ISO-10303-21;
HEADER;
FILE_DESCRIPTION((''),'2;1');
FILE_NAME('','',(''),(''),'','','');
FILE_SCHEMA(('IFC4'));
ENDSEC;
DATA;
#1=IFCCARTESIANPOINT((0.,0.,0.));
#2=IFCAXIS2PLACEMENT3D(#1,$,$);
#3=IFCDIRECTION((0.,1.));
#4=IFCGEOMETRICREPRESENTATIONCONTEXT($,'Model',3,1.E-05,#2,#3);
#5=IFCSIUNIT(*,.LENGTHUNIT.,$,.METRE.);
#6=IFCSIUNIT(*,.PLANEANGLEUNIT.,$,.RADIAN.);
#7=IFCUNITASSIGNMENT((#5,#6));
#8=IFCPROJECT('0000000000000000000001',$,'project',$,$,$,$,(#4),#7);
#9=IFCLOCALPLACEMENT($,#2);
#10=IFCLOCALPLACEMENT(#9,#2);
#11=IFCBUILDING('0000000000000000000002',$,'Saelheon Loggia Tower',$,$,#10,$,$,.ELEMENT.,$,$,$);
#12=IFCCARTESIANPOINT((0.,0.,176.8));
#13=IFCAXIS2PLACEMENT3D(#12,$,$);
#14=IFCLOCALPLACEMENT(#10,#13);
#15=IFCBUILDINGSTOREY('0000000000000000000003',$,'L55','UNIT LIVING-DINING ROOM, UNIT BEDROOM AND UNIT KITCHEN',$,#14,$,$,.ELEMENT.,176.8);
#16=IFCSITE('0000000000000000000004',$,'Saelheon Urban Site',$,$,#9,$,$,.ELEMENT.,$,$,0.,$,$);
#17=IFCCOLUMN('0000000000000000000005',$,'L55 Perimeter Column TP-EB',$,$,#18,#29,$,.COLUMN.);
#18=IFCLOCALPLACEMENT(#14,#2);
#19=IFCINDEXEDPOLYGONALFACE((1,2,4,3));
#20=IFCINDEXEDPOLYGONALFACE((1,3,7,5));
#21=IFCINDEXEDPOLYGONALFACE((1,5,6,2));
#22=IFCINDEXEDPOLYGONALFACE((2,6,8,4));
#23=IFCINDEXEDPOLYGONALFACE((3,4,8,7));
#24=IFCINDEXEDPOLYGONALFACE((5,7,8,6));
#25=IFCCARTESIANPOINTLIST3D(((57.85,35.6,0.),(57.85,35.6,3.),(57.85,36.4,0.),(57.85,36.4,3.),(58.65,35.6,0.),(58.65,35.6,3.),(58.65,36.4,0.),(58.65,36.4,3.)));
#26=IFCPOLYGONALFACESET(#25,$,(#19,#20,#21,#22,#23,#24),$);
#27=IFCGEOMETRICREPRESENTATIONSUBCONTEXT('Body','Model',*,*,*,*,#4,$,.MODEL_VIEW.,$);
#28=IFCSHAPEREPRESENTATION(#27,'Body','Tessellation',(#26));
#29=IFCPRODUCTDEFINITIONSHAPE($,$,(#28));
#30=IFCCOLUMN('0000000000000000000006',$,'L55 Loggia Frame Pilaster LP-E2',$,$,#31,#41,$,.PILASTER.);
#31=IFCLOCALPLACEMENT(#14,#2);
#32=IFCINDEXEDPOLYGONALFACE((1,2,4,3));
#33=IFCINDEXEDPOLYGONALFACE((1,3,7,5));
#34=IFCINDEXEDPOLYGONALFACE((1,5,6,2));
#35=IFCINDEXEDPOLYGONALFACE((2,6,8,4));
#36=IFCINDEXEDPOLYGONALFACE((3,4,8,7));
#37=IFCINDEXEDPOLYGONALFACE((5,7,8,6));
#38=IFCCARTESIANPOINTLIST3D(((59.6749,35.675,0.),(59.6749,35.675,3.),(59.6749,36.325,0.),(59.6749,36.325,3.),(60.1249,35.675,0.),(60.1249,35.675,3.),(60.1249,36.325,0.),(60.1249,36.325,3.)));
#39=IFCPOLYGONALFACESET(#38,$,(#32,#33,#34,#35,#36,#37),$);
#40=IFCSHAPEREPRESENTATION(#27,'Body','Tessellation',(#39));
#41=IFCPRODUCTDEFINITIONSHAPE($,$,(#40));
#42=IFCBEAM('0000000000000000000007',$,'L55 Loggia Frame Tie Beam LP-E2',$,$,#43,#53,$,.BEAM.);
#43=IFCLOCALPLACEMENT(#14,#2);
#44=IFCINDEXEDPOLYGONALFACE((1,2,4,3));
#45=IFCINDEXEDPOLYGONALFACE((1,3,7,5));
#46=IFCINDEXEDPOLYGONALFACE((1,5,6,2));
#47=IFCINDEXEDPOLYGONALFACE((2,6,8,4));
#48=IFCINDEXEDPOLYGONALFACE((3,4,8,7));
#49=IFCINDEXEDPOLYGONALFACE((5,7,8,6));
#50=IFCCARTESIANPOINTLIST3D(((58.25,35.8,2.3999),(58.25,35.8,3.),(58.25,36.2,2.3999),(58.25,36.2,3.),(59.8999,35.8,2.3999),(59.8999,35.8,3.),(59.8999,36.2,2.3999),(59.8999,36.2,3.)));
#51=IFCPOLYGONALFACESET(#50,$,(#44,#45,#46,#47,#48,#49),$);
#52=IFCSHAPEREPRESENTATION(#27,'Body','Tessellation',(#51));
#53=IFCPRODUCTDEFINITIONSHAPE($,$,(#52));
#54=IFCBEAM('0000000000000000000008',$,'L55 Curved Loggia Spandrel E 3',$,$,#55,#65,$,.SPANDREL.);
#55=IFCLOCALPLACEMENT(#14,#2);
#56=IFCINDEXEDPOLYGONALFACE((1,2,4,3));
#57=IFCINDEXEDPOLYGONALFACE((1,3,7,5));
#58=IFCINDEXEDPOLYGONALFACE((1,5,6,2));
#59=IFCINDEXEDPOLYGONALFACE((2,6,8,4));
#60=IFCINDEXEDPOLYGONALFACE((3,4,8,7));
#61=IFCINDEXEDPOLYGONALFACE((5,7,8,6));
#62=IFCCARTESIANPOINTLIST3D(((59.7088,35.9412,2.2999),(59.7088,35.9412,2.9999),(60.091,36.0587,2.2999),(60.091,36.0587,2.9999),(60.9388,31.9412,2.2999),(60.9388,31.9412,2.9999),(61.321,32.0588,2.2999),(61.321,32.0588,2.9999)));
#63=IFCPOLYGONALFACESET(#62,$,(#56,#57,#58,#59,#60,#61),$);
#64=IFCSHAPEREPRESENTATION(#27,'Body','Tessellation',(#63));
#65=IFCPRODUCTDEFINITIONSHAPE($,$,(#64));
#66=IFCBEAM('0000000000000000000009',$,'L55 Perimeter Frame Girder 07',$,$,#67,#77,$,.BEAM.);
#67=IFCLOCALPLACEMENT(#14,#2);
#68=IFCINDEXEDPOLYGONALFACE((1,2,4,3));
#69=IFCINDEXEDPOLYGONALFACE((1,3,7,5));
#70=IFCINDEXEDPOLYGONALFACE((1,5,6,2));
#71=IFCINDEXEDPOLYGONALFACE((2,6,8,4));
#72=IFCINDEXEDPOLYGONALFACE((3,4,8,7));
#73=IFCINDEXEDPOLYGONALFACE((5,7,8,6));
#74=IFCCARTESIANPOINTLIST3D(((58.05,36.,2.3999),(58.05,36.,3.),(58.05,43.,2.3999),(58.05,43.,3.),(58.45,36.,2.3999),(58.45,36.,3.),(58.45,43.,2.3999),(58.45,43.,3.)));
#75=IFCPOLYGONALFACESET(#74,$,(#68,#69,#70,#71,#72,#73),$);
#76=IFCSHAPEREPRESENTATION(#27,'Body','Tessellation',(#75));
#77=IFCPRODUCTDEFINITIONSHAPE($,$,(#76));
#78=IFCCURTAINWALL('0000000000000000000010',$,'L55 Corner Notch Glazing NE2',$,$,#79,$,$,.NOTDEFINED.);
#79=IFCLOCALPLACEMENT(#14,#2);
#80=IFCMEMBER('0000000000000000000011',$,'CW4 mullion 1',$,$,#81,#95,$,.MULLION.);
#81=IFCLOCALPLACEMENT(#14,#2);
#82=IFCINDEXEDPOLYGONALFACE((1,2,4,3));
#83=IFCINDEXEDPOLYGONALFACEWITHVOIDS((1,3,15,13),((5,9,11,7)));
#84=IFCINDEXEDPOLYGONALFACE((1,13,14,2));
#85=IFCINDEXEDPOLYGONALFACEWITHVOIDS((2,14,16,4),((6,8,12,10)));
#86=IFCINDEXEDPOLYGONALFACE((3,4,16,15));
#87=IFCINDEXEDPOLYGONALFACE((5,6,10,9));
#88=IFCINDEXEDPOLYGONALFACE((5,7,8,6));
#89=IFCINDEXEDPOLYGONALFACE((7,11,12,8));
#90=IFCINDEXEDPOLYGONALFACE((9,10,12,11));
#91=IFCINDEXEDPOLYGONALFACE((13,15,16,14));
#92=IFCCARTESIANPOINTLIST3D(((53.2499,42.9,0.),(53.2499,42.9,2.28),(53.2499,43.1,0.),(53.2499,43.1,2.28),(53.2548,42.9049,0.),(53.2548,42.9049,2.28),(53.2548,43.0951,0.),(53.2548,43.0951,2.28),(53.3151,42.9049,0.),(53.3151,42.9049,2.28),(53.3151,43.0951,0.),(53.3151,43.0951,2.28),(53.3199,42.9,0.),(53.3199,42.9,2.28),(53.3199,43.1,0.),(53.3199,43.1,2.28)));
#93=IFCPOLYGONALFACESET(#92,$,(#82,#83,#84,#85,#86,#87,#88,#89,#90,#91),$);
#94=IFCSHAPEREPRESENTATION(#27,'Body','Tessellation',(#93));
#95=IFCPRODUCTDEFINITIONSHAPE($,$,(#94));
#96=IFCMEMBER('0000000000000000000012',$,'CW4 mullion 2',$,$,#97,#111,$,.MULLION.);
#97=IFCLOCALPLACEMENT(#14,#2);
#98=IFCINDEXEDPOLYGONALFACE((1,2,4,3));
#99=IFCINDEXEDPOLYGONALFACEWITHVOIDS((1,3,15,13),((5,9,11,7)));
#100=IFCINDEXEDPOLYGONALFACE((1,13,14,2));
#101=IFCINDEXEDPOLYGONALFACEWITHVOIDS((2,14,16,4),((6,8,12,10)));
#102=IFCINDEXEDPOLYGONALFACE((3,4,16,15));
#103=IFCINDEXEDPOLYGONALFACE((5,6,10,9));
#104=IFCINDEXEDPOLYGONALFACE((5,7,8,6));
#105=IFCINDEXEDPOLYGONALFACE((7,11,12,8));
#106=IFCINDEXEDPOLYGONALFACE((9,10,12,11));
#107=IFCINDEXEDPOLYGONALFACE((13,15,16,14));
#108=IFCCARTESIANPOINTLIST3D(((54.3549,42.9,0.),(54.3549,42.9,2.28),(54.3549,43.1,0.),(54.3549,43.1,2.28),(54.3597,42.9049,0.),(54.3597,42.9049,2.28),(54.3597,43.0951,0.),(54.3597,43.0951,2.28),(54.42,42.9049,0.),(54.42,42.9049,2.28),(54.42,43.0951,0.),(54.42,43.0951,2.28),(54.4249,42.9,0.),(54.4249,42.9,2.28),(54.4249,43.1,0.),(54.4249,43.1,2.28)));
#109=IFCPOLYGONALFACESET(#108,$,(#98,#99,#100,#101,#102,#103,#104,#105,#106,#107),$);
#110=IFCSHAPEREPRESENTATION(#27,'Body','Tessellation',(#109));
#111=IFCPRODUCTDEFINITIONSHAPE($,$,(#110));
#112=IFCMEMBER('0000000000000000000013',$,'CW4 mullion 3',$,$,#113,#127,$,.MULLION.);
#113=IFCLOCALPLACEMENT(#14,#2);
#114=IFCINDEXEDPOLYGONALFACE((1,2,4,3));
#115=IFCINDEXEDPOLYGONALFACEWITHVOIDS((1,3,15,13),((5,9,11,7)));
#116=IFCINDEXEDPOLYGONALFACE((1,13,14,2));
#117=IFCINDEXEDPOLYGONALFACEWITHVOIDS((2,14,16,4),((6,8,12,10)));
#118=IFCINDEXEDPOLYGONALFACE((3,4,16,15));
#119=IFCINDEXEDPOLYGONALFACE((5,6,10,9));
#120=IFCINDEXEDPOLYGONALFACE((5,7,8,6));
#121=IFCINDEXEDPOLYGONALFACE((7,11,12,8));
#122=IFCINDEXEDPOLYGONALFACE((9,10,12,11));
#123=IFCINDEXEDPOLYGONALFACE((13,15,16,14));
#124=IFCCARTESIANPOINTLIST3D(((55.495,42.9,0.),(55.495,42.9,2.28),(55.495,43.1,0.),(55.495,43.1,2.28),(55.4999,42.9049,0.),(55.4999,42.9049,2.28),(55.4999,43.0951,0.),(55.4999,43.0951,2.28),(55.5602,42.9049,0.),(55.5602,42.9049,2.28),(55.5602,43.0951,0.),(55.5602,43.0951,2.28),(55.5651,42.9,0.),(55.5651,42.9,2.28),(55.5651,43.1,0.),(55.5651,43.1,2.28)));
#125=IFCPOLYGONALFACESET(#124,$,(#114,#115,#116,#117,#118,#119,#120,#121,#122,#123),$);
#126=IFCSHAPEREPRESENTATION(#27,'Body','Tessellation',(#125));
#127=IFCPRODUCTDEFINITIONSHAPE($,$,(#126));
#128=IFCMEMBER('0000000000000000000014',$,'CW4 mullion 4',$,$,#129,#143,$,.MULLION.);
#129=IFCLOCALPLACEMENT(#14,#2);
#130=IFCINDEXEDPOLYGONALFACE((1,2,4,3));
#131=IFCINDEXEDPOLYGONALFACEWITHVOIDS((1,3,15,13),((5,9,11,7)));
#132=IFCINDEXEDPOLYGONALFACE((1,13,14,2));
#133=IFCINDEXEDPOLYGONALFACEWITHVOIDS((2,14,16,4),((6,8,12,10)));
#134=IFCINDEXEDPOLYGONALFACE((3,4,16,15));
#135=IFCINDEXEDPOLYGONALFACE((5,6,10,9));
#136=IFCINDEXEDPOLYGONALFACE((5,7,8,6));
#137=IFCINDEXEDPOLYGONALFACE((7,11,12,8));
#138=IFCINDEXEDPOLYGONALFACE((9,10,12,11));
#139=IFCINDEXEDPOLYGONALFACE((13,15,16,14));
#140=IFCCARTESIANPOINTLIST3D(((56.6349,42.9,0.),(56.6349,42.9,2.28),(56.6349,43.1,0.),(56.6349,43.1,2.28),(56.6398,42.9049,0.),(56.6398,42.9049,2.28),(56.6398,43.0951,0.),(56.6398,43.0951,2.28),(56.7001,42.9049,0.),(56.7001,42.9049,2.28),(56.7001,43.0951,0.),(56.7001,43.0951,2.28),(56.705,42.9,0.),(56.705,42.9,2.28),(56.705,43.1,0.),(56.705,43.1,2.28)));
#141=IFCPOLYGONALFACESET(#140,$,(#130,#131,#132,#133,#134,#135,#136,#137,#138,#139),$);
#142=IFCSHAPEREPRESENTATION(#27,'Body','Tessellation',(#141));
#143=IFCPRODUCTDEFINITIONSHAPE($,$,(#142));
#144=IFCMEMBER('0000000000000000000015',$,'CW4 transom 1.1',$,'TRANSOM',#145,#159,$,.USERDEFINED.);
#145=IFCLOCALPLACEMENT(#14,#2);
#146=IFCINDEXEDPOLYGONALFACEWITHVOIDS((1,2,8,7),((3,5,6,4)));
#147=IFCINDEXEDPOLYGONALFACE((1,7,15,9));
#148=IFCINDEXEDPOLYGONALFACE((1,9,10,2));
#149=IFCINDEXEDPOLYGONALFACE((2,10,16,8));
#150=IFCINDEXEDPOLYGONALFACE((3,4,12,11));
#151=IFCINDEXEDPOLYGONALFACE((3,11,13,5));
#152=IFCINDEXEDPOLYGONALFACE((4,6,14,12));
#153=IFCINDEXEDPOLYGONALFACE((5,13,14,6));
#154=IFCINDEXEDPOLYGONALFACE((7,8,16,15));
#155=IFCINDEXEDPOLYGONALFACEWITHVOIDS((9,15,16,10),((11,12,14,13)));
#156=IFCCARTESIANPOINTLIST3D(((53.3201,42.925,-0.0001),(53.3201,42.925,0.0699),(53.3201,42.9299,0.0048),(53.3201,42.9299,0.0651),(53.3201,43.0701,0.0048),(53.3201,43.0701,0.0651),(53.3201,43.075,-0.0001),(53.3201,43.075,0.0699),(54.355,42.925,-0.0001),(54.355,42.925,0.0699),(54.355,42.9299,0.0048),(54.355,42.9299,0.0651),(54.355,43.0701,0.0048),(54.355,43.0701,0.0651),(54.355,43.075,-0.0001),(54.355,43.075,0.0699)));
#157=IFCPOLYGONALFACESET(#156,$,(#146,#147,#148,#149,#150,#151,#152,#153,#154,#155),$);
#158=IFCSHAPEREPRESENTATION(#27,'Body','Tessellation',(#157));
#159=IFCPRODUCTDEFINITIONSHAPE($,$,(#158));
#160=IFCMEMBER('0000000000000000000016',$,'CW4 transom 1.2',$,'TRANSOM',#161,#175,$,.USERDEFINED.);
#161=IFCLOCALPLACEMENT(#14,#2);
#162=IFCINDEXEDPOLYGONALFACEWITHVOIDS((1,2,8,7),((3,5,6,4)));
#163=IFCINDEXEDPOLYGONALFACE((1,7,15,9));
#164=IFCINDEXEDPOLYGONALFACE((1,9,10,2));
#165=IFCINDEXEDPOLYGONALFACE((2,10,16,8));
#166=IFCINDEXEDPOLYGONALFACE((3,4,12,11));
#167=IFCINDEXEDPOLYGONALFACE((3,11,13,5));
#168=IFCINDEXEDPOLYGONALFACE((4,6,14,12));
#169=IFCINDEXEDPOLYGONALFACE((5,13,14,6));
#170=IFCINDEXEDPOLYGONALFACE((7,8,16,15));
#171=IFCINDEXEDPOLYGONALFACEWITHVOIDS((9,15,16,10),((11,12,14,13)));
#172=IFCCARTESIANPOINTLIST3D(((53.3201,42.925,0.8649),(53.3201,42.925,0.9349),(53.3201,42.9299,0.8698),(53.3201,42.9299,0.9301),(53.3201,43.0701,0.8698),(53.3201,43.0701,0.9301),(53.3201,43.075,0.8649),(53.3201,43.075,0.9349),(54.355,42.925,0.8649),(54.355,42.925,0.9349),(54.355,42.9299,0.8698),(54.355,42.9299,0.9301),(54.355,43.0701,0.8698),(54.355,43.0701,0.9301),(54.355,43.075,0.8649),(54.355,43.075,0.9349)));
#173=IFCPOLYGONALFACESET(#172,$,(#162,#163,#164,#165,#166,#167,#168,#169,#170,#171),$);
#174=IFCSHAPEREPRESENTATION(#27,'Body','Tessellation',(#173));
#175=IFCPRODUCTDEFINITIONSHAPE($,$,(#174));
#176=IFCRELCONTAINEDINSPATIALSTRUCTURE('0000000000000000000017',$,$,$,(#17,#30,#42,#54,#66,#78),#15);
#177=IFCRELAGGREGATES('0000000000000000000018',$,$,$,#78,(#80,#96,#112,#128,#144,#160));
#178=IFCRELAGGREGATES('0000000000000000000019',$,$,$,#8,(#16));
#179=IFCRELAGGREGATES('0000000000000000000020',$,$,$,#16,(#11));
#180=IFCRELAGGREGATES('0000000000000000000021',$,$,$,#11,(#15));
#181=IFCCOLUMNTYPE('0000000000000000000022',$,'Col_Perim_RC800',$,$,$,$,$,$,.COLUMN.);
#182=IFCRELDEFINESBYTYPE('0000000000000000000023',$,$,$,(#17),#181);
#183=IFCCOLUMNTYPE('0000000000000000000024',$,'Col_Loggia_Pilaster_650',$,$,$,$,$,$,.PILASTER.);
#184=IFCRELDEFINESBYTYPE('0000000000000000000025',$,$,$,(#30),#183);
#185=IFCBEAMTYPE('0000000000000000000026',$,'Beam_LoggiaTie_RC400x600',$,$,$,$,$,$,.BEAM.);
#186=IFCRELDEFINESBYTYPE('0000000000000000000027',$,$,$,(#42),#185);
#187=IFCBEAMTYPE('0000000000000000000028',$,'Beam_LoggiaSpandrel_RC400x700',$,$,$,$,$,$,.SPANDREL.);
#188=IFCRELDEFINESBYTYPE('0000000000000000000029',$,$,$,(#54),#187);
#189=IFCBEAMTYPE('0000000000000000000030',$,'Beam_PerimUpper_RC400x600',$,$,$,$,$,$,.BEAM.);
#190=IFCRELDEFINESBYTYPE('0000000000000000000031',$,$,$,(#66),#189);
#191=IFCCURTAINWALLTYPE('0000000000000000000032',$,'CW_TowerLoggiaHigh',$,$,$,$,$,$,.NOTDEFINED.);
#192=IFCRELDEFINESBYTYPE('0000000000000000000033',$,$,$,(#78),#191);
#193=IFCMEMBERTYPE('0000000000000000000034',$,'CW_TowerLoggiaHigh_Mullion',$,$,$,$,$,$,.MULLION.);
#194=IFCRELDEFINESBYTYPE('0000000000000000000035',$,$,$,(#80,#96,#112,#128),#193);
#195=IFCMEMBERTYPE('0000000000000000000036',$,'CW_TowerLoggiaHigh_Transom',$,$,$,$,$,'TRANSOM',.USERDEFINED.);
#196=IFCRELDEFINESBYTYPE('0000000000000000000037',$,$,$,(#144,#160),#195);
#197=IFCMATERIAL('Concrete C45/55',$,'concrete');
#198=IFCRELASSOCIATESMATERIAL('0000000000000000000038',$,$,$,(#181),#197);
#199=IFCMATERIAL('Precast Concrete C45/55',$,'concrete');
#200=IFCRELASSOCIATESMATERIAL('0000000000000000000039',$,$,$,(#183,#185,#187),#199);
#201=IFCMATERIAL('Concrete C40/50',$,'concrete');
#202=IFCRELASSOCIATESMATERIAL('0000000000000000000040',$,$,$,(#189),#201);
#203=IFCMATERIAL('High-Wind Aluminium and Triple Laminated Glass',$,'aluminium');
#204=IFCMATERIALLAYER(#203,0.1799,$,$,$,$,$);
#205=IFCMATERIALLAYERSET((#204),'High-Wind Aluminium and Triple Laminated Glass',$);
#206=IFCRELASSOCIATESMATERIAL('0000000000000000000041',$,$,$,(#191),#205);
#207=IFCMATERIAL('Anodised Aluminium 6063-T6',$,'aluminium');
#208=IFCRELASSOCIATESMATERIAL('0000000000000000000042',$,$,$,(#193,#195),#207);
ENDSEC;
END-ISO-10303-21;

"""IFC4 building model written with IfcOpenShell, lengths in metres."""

from ifc_helpers import new_model, si_unit, direction, frame, origin, origin_2d, place, context, subcontext, project, spatial, rectangle, hollow_rectangle, extrude, source, transform, mapped, material, layer, layer_set, material_profile, profile_set, type_object, element, aggregate, save


model = new_model("IFC4")

# Units and contexts
model_context = context("Model", 3, precision=1e-05, world=origin(), true_north=direction((0.0, 1.0)))
body_context = subcontext(model_context, "Body", "Model", "MODEL_VIEW")
ifc_project = project(units=[si_unit("LENGTHUNIT", "METRE"), si_unit("PLANEANGLEUNIT", "RADIAN")], contexts=[model_context])

# Site, building, storey
site_placement = place(None, origin())
site = spatial("IfcSite", under=ifc_project, at=site_placement, Name="Saelheon Urban Site", CompositionType="ELEMENT", RefElevation=0.0)
building_placement = place(site_placement, origin())
building = spatial("IfcBuilding", under=site, at=building_placement, Name="Saelheon Loggia Tower", CompositionType="ELEMENT")
storey_placement = place(building_placement, frame((0.0, 0.0, 176.8)))
storey = spatial("IfcBuildingStorey", under=building, at=storey_placement, Name="L55", Description="UNIT LIVING-DINING ROOM, UNIT BEDROOM AND UNIT KITCHEN", CompositionType="ELEMENT", Elevation=176.8)

# Columns
ifc_material_1 = material(Name="Concrete C45/55", Category="concrete")
ifc_material_profile_1 = material_profile(ifc_material_1, rectangle(XDim=0.8, YDim=0.8, at=origin_2d()), Name="RC-800x800")
ifc_profile_set_1 = profile_set([ifc_material_profile_1], Name="Concrete C45/55")
column_type_1 = type_object("IfcColumnType", Name="Col_Perim_RC800", PredefinedType="COLUMN", material=ifc_profile_set_1)
shared_shape_1 = source(origin(), body_context, "Body", "SweptSolid", [
    extrude(rectangle(XDim=0.8, YDim=0.8, at=origin_2d()), origin(), (0.0, 0.0, 1.0), 3.0),
])
column_1_placement = place(storey_placement, frame((58.25, 36.0, 0.0), z_axis=(0.0, 0.0, 1.0), x_axis=(1.0, 0.0, 0.0)))
element("IfcColumn", 1, at=column_1_placement, inside=storey, type_object=column_type_1, Name="L55 Perimeter Column TP-EB", PredefinedType="COLUMN", context=body_context, shape_type="MappedRepresentation", body=[
    mapped(shared_shape_1, transform((0.0, 0.0, 0.0), scale=1.0)),
])
ifc_material_2 = material(Name="Precast Concrete C45/55", Category="concrete")
ifc_material_profile_2 = material_profile(ifc_material_2, rectangle(XDim=0.45, YDim=0.6499, at=origin_2d()), Name="RC-450x650")
ifc_profile_set_2 = profile_set([ifc_material_profile_2], Name="Precast Concrete C45/55")
column_type_2 = type_object("IfcColumnType", Name="Col_Loggia_Pilaster_650", PredefinedType="PILASTER", material=ifc_profile_set_2)
shared_shape_2 = source(origin(), body_context, "Body", "SweptSolid", [
    extrude(rectangle(XDim=0.45, YDim=0.6499, at=origin_2d()), origin(), (0.0, 0.0, 1.0), 3.0),
])
column_2_placement = place(storey_placement, frame((59.8999, 36.0, 0.0), z_axis=(0.0, 0.0, 1.0), x_axis=(1.0, 0.0, 0.0)))
element("IfcColumn", 2, at=column_2_placement, inside=storey, type_object=column_type_2, Name="L55 Loggia Frame Pilaster LP-E2", PredefinedType="PILASTER", context=body_context, shape_type="MappedRepresentation", body=[
    mapped(shared_shape_2, transform((0.0, 0.0, 0.0), scale=1.0)),
])

# Beams
ifc_material_profile_3 = material_profile(ifc_material_2, rectangle(XDim=0.3999, YDim=0.6001, at=origin_2d()), Name="RC-400x600")
ifc_profile_set_3 = profile_set([ifc_material_profile_3], Name="Precast Concrete C45/55")
beam_type_1 = type_object("IfcBeamType", Name="Beam_LoggiaTie_RC400x600", PredefinedType="BEAM", material=ifc_profile_set_3)
shared_shape_3 = source(origin(), body_context, "Body", "SweptSolid", [
    extrude(rectangle(XDim=0.3999, YDim=0.6001, at=origin_2d()), origin(), (0.0, 0.0, 1.0), 1.6499),
])
beam_1_placement = place(storey_placement, frame((58.25, 36.0, 2.7), z_axis=(1.0, 0.0, 0.0), x_axis=(0.0, 1.0, 0.0)))
element("IfcBeam", 3, at=beam_1_placement, inside=storey, type_object=beam_type_1, Name="L55 Loggia Frame Tie Beam LP-E2", PredefinedType="BEAM", context=body_context, shape_type="MappedRepresentation", body=[
    mapped(shared_shape_3, transform((0.0, 0.0, 0.0), scale=1.0)),
])
ifc_material_profile_4 = material_profile(ifc_material_2, rectangle(XDim=0.3999, YDim=0.7, at=origin_2d()), Name="RC-400x700")
ifc_profile_set_4 = profile_set([ifc_material_profile_4], Name="Precast Concrete C45/55")
beam_type_2 = type_object("IfcBeamType", Name="Beam_LoggiaSpandrel_RC400x700", PredefinedType="SPANDREL", material=ifc_profile_set_4)
shared_shape_4 = source(origin(), body_context, "Body", "SweptSolid", [
    extrude(rectangle(XDim=0.3999, YDim=0.7, at=origin_2d()), origin(), (0.0, 0.0, 1.0), 4.1848),
])
beam_2_placement = place(storey_placement, frame((61.1299, 32.0, 2.6499), z_axis=(-0.293914, 0.955832, 0.0), x_axis=(-0.955832, -0.293914, 0.0)))
element("IfcBeam", 4, at=beam_2_placement, inside=storey, type_object=beam_type_2, Name="L55 Curved Loggia Spandrel E 3", PredefinedType="SPANDREL", context=body_context, shape_type="MappedRepresentation", body=[
    mapped(shared_shape_4, transform((0.0, 0.0, 0.0), scale=1.0)),
])
ifc_material_3 = material(Name="Concrete C40/50", Category="concrete")
ifc_material_profile_5 = material_profile(ifc_material_3, rectangle(XDim=0.3999, YDim=0.6001, at=origin_2d()), Name="RC-400x600")
ifc_profile_set_5 = profile_set([ifc_material_profile_5], Name="Concrete C40/50")
beam_type_3 = type_object("IfcBeamType", Name="Beam_PerimUpper_RC400x600", PredefinedType="BEAM", material=ifc_profile_set_5)
shared_shape_5 = source(origin(), body_context, "Body", "SweptSolid", [
    extrude(rectangle(XDim=0.3999, YDim=0.6001, at=origin_2d()), origin(), (0.0, 0.0, 1.0), 7.0),
])
beam_3_placement = place(storey_placement, frame((58.25, 36.0, 2.7), z_axis=(0.0, 1.0, 0.0), x_axis=(-1.0, 0.0, 0.0)))
element("IfcBeam", 5, at=beam_3_placement, inside=storey, type_object=beam_type_3, Name="L55 Perimeter Frame Girder 07", PredefinedType="BEAM", context=body_context, shape_type="MappedRepresentation", body=[
    mapped(shared_shape_5, transform((0.0, 0.0, 0.0), scale=1.0)),
])

# Curtain wall, members
ifc_material_4 = material(Name="High-Wind Aluminium and Triple Laminated Glass", Category="aluminium")
ifc_layer_1 = layer(ifc_material_4, 0.1799)
ifc_layer_set_1 = layer_set([ifc_layer_1], Name="High-Wind Aluminium and Triple Laminated Glass")
curtain_wall_type = type_object("IfcCurtainWallType", Name="CW_TowerLoggiaHigh", PredefinedType="NOTDEFINED", material=ifc_layer_set_1)
curtain_wall_placement = place(storey_placement, origin())
curtain_wall = element("IfcCurtainWall", 6, at=curtain_wall_placement, inside=storey, type_object=curtain_wall_type, Name="L55 Corner Notch Glazing NE2", PredefinedType="NOTDEFINED")
ifc_material_5 = material(Name="Anodised Aluminium 6063-T6", Category="aluminium")
ifc_material_profile_6 = material_profile(ifc_material_5, hollow_rectangle(XDim=0.0701, YDim=0.2, WallThickness=0.0049, at=origin_2d()), Name="RHS-200x70x5")
ifc_profile_set_6 = profile_set([ifc_material_profile_6], Name="Anodised Aluminium 6063-T6")
member_type_1 = type_object("IfcMemberType", Name="CW_TowerLoggiaHigh_Mullion", PredefinedType="MULLION", material=ifc_profile_set_6)
shared_shape_6 = source(origin(), body_context, "Body", "SweptSolid", [
    extrude(hollow_rectangle(XDim=0.0701, YDim=0.2, WallThickness=0.0049, at=origin_2d()), origin(), (0.0, 0.0, 1.0), 2.28),
])
member_1_placement = place(storey_placement, frame((53.2849, 43.0, 0.0), z_axis=(0.0, 0.0, 1.0), x_axis=(1.0, 0.0, 0.0)))
member_1 = element("IfcMember", 7, at=member_1_placement, type_object=member_type_1, Name="CW4 mullion 1", PredefinedType="MULLION", context=body_context, shape_type="MappedRepresentation", body=[
    mapped(shared_shape_6, transform((0.0, 0.0, 0.0), scale=1.0)),
])
member_2_placement = place(storey_placement, frame((54.3899, 43.0, 0.0), z_axis=(0.0, 0.0, 1.0), x_axis=(1.0, 0.0, 0.0)))
member_2 = element("IfcMember", 8, at=member_2_placement, type_object=member_type_1, Name="CW4 mullion 2", PredefinedType="MULLION", context=body_context, shape_type="MappedRepresentation", body=[
    mapped(shared_shape_6, transform((0.0, 0.0, 0.0), scale=1.0)),
])
member_3_placement = place(storey_placement, frame((55.53, 43.0, 0.0), z_axis=(0.0, 0.0, 1.0), x_axis=(1.0, 0.0, 0.0)))
member_3 = element("IfcMember", 9, at=member_3_placement, type_object=member_type_1, Name="CW4 mullion 3", PredefinedType="MULLION", context=body_context, shape_type="MappedRepresentation", body=[
    mapped(shared_shape_6, transform((0.0, 0.0, 0.0), scale=1.0)),
])
member_4_placement = place(storey_placement, frame((56.6699, 43.0, 0.0), z_axis=(0.0, 0.0, 1.0), x_axis=(1.0, 0.0, 0.0)))
member_4 = element("IfcMember", 10, at=member_4_placement, type_object=member_type_1, Name="CW4 mullion 4", PredefinedType="MULLION", context=body_context, shape_type="MappedRepresentation", body=[
    mapped(shared_shape_6, transform((0.0, 0.0, 0.0), scale=1.0)),
])
ifc_material_profile_7 = material_profile(ifc_material_5, hollow_rectangle(XDim=0.0701, YDim=0.1499, WallThickness=0.0049, at=origin_2d()), Name="RHS-150x70x5")
ifc_profile_set_7 = profile_set([ifc_material_profile_7], Name="Anodised Aluminium 6063-T6")
member_type_2 = type_object("IfcMemberType", Name="CW_TowerLoggiaHigh_Transom", ElementType="TRANSOM", PredefinedType="USERDEFINED", material=ifc_profile_set_7)
shared_shape_7 = source(origin(), body_context, "Body", "SweptSolid", [
    extrude(hollow_rectangle(XDim=0.0701, YDim=0.1499, WallThickness=0.0049, at=origin_2d()), origin(), (0.0, 0.0, 1.0), 1.0349),
])
member_5_placement = place(storey_placement, frame((53.3201, 43.0, 0.0349), z_axis=(1.0, 0.0, 0.0), x_axis=(0.0, 0.0, 1.0)))
member_5 = element("IfcMember", 11, at=member_5_placement, type_object=member_type_2, Name="CW4 transom 1.1", ObjectType="TRANSOM", PredefinedType="USERDEFINED", context=body_context, shape_type="MappedRepresentation", body=[
    mapped(shared_shape_7, transform((0.0, 0.0, 0.0), scale=1.0)),
])
member_6_placement = place(storey_placement, frame((53.3201, 43.0, 0.8999), z_axis=(1.0, 0.0, 0.0), x_axis=(0.0, 0.0, 1.0)))
member_6 = element("IfcMember", 12, at=member_6_placement, type_object=member_type_2, Name="CW4 transom 1.2", ObjectType="TRANSOM", PredefinedType="USERDEFINED", context=body_context, shape_type="MappedRepresentation", body=[
    mapped(shared_shape_7, transform((0.0, 0.0, 0.0), scale=1.0)),
])
aggregate(curtain_wall, [member_1, member_2, member_3, member_4, member_5, member_6])

save(model, "model.ifc")
